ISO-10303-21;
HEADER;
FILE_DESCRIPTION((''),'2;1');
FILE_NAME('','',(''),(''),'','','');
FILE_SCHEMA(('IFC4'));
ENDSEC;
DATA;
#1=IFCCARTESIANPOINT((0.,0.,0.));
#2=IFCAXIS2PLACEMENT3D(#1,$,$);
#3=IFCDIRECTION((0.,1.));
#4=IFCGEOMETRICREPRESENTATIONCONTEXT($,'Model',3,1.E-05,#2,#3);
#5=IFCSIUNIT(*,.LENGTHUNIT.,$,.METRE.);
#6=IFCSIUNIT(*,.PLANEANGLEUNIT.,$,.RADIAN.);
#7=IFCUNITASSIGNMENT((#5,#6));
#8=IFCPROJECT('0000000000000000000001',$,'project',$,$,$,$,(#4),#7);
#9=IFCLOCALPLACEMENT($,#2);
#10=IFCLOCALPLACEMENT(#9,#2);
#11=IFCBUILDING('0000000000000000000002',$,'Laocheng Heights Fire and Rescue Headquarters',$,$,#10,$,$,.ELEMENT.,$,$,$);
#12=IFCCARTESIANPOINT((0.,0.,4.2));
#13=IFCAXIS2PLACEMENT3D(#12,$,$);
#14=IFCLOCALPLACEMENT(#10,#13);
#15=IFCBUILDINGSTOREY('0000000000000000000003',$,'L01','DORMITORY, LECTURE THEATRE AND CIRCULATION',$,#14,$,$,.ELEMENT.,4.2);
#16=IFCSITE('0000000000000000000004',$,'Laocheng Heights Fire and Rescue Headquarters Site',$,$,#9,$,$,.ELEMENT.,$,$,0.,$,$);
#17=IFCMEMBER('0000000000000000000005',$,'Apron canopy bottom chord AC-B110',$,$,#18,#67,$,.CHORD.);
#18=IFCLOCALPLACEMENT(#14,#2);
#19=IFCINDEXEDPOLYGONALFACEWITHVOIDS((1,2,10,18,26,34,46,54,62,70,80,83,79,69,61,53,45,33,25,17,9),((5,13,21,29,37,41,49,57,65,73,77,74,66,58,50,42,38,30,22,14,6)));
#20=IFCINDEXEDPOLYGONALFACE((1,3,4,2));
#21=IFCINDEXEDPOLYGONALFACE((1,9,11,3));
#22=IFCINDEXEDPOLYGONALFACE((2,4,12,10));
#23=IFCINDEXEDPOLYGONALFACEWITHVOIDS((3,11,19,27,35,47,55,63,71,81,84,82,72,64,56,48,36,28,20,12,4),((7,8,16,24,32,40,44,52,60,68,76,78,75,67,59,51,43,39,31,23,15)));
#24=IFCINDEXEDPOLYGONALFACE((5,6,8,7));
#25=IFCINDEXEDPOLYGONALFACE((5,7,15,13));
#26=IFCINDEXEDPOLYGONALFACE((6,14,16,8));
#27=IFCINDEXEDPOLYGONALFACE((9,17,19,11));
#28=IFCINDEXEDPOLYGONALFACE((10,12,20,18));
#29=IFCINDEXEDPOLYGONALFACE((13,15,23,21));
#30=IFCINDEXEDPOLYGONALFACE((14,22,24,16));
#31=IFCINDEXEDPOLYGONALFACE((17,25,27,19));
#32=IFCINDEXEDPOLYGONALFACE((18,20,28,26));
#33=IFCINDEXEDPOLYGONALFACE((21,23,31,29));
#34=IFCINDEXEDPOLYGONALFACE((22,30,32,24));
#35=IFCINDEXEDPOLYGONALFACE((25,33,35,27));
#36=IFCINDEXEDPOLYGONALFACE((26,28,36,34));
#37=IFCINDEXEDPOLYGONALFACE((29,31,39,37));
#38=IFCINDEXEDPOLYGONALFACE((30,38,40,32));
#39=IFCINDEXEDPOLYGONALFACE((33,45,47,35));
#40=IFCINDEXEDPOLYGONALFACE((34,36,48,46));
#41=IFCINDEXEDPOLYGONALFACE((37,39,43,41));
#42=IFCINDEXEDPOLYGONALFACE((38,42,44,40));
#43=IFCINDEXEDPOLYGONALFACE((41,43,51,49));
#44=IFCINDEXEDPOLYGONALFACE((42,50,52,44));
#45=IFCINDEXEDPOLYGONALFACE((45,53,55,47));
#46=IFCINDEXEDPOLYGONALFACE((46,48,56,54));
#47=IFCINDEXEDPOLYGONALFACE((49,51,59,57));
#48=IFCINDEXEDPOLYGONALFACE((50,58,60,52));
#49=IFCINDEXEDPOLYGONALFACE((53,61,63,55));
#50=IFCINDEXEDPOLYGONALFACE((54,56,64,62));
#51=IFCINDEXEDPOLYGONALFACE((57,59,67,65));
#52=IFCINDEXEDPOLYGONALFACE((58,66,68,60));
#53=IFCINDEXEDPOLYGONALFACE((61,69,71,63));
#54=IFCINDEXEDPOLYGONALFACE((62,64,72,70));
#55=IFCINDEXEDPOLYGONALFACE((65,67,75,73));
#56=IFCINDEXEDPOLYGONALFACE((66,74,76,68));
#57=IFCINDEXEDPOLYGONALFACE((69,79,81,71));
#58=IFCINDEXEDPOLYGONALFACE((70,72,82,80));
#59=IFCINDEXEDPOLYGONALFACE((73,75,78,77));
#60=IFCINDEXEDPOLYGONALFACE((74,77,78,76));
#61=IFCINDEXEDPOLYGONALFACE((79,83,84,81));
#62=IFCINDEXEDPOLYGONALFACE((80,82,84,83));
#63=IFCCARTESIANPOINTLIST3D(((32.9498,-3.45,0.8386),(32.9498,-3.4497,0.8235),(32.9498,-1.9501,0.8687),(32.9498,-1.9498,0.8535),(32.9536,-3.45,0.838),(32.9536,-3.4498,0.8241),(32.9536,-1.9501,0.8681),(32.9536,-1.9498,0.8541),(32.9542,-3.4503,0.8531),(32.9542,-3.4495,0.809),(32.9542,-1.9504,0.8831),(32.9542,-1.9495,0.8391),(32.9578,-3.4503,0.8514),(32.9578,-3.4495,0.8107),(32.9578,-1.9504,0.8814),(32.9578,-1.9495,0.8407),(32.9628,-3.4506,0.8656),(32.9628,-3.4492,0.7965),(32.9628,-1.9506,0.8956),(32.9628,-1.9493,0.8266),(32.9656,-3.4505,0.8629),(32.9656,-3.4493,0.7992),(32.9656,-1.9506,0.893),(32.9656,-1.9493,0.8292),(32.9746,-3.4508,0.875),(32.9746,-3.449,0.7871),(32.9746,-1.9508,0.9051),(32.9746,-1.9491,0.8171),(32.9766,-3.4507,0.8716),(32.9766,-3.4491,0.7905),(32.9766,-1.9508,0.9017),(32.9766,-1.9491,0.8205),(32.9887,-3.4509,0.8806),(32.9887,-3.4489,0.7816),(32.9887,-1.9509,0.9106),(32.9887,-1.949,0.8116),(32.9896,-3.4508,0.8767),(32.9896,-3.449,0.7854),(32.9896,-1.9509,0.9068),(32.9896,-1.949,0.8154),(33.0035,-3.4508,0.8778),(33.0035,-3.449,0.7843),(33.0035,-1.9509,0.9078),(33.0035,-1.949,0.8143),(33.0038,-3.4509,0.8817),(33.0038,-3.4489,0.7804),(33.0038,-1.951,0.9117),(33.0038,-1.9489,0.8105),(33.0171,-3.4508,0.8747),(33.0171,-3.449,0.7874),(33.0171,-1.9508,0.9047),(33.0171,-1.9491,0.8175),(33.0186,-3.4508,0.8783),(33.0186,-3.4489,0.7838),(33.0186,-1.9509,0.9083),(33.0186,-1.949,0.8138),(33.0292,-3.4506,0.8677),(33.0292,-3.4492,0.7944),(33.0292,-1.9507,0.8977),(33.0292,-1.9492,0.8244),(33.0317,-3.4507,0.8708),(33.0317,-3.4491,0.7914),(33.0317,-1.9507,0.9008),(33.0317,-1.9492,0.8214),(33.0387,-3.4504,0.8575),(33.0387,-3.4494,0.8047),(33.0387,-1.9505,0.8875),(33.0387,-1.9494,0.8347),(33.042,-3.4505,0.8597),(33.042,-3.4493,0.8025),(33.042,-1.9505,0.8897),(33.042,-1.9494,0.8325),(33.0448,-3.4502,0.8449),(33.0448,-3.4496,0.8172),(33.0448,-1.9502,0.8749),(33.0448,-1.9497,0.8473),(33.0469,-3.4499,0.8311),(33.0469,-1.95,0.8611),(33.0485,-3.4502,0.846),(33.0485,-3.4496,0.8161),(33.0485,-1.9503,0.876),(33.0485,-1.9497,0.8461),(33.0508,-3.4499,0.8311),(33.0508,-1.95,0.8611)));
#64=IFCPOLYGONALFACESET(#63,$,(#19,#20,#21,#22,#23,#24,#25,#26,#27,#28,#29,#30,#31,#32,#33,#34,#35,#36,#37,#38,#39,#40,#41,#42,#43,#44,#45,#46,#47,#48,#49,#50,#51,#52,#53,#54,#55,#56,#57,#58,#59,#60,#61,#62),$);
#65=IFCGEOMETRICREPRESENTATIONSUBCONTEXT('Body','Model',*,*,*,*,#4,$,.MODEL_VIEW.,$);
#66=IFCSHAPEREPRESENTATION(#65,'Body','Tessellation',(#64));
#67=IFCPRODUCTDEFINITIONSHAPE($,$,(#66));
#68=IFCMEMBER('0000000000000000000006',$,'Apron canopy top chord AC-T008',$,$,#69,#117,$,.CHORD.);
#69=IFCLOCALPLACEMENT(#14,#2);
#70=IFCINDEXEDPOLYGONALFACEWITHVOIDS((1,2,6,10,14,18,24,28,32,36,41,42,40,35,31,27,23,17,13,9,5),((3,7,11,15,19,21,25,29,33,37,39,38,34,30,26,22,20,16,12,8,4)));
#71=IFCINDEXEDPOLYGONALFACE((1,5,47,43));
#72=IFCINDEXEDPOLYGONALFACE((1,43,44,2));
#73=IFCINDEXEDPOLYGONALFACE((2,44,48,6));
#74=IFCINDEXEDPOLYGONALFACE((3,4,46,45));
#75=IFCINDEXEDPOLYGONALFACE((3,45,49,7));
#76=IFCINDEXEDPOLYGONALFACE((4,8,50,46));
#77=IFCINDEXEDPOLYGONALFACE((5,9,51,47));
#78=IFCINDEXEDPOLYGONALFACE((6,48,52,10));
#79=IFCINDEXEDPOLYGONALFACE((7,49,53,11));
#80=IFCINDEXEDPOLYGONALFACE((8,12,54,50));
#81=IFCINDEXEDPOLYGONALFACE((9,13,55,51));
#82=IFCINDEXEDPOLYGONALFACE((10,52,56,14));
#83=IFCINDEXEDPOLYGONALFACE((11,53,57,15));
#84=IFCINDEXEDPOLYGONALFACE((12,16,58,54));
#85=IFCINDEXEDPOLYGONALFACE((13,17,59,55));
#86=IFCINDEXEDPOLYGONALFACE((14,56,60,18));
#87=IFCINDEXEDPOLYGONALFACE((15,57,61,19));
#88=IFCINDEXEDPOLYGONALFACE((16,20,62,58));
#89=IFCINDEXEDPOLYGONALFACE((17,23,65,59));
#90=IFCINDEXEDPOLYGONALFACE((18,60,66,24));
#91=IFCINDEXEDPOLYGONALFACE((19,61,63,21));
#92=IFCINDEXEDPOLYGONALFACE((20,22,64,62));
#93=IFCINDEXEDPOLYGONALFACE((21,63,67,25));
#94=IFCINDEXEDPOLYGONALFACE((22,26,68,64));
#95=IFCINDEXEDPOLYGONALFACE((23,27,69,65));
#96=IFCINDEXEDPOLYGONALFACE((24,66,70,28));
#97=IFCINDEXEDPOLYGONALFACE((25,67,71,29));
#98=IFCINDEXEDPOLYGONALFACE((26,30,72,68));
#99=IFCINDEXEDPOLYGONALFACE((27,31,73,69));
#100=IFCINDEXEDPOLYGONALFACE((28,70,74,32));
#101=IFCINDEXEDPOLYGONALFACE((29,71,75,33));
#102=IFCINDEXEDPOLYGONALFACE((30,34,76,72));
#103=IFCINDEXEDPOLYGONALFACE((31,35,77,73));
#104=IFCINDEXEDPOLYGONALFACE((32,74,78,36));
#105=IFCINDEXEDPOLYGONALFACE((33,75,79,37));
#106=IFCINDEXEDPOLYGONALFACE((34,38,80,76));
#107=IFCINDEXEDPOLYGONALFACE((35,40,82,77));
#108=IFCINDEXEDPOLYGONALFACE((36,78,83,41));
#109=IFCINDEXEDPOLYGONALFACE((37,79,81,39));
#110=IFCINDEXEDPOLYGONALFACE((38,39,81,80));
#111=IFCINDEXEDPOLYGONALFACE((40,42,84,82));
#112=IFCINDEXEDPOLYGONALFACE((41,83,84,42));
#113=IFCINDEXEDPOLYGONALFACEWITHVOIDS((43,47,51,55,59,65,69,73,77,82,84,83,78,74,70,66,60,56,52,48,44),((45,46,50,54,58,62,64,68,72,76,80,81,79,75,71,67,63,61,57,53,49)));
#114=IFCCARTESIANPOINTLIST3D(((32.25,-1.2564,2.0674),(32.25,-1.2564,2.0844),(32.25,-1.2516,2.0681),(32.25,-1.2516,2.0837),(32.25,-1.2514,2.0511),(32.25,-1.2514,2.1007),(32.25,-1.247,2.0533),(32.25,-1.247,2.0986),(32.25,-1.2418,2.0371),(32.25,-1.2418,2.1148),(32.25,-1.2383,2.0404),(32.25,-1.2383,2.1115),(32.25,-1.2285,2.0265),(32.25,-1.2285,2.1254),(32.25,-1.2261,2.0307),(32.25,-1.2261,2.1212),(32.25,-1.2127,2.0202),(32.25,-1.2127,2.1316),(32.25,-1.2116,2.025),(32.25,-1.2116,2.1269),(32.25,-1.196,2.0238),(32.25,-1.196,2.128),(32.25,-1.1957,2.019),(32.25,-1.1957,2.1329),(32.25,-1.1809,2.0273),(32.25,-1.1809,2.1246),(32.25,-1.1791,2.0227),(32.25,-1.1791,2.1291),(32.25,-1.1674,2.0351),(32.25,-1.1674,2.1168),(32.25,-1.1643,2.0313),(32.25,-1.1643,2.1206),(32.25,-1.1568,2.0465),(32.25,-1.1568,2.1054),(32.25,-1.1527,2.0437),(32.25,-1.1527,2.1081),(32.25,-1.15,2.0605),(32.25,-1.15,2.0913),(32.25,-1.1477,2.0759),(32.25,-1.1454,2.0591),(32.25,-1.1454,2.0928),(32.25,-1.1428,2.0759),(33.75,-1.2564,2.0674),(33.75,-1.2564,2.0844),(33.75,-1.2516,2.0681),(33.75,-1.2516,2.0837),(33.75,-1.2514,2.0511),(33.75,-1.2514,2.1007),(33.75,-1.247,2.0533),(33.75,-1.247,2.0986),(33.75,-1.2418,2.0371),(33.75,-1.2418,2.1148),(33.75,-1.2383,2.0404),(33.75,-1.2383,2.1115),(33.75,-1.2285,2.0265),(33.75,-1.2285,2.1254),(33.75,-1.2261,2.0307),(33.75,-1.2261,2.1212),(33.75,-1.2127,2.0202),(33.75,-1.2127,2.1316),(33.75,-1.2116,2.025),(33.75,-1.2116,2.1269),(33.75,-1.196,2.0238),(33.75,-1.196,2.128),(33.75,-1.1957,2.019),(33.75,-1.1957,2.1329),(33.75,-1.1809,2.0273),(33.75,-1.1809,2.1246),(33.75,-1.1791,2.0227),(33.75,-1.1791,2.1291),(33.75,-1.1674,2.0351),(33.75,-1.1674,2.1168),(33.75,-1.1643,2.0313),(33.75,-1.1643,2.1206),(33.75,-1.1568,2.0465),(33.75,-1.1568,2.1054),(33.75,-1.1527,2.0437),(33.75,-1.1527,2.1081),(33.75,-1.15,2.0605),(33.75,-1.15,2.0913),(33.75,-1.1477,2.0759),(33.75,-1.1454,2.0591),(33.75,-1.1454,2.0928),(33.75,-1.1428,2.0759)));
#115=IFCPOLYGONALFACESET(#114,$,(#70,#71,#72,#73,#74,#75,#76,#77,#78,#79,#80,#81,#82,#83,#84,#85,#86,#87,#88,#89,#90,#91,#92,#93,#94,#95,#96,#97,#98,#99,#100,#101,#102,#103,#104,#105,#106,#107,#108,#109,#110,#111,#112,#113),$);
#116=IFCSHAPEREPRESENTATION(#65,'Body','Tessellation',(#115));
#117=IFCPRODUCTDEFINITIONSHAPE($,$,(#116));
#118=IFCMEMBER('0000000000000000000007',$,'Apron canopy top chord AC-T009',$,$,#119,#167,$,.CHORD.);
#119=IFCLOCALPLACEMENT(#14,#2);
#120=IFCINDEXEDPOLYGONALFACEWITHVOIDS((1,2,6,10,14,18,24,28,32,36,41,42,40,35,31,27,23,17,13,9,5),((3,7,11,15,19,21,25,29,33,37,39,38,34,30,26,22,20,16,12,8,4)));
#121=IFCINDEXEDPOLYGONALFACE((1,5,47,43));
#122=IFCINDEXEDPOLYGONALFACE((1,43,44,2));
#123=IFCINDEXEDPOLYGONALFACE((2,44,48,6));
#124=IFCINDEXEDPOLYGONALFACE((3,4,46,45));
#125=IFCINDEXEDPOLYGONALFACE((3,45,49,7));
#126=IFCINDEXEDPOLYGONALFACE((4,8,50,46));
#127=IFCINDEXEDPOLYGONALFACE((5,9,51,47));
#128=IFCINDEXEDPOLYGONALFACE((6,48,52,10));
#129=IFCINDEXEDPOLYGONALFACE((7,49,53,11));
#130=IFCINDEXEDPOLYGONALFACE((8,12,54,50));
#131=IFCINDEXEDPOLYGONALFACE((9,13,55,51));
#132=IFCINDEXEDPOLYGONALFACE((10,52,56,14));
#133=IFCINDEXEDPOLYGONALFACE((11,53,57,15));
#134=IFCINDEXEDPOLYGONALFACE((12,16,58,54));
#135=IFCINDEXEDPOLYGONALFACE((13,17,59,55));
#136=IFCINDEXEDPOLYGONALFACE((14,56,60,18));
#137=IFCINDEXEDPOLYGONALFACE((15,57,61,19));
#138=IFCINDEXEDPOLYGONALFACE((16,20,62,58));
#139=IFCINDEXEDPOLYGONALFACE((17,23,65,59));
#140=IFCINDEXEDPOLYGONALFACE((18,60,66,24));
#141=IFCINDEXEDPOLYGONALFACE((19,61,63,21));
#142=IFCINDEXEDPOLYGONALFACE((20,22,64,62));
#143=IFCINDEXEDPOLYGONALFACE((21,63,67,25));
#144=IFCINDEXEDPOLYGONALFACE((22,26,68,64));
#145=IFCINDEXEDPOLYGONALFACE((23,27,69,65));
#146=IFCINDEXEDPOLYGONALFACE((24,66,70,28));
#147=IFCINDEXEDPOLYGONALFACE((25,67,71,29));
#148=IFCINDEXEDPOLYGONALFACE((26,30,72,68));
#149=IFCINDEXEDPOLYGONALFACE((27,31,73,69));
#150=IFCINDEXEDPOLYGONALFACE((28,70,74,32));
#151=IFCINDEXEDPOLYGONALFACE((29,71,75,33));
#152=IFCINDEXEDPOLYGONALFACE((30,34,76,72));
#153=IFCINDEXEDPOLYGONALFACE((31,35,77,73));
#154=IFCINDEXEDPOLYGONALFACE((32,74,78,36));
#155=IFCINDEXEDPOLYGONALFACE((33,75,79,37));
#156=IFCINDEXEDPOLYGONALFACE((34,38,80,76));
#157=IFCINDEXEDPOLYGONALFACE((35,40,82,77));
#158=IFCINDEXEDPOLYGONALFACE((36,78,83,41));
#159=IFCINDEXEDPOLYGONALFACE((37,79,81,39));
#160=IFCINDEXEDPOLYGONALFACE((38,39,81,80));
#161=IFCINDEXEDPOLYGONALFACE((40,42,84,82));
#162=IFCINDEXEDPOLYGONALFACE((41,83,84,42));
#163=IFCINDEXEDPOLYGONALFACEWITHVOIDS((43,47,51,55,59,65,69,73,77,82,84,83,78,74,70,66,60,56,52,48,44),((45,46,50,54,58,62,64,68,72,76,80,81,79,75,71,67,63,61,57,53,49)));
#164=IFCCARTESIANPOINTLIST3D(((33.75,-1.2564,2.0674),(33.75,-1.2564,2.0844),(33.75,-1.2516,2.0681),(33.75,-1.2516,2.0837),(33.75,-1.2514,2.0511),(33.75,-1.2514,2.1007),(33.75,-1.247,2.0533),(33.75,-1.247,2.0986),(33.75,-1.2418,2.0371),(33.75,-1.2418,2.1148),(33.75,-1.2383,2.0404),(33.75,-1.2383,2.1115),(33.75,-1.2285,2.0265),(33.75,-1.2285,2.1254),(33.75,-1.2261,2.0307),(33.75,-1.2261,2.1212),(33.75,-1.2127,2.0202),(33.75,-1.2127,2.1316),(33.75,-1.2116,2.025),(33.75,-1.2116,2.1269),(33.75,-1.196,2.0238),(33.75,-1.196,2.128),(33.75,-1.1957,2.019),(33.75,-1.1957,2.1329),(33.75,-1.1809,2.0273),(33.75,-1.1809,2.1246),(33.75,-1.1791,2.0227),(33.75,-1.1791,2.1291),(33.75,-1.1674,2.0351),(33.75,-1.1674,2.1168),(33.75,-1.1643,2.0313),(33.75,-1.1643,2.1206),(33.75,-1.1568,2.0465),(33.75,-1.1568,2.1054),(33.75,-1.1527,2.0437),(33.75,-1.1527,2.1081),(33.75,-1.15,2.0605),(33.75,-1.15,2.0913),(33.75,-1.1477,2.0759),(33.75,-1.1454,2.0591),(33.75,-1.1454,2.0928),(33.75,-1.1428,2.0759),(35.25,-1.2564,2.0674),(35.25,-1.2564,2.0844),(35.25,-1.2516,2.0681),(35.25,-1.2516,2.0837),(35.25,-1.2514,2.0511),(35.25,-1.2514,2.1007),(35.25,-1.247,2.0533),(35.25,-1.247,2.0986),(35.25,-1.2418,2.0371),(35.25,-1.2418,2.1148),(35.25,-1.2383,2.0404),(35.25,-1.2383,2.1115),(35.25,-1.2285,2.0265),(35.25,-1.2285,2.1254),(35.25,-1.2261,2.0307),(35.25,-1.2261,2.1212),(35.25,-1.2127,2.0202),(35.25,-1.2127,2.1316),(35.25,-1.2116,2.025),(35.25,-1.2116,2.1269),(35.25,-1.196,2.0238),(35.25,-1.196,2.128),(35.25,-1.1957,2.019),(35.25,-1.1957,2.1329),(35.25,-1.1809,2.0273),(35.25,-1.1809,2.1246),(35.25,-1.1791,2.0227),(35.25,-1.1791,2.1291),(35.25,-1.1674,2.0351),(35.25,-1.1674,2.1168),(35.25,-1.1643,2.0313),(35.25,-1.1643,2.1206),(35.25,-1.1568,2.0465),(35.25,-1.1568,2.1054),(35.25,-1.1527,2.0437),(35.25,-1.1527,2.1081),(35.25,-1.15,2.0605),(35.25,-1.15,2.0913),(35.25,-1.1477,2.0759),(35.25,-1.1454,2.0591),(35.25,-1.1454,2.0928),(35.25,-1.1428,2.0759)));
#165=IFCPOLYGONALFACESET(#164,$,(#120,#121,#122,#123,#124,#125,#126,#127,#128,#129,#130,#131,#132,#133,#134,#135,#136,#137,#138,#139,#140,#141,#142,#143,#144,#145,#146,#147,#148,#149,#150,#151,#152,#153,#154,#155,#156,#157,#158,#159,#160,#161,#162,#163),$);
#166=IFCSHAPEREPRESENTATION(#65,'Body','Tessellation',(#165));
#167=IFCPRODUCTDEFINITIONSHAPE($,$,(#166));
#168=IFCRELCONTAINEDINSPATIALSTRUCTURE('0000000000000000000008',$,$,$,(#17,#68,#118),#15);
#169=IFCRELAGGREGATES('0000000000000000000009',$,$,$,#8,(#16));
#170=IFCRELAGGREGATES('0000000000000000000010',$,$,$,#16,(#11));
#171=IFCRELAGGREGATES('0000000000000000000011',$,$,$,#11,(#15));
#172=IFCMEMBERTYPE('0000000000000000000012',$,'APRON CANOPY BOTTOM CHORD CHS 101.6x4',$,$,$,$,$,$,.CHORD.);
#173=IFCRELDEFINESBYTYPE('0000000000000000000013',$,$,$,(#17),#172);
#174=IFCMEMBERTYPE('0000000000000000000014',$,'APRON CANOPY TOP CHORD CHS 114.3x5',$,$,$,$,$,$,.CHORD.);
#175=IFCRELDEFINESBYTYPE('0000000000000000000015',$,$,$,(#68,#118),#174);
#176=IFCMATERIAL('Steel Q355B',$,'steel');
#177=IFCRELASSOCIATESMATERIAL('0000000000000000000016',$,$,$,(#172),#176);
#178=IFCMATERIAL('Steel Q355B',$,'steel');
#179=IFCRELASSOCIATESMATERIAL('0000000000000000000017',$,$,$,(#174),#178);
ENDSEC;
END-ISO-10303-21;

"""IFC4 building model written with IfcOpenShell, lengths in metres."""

from ifc_helpers import new_model, si_unit, direction, frame, origin, origin_2d, place, context, subcontext, project, spatial, hollow_circle, extrude, material, material_profile, profile_set, type_object, element, save


model = new_model("IFC4")

# Units and contexts
model_context = context("Model", 3, precision=1e-05, world=origin(), true_north=direction((0.0, 1.0)))
body_context = subcontext(model_context, "Body", "Model", "MODEL_VIEW")
ifc_project = project(units=[si_unit("LENGTHUNIT", "METRE"), si_unit("PLANEANGLEUNIT", "RADIAN")], contexts=[model_context])

# Site, building, storey
site_placement = place(None, origin())
site = spatial("IfcSite", under=ifc_project, at=site_placement, Name="Laocheng Heights Fire and Rescue Headquarters Site", CompositionType="ELEMENT", RefElevation=0.0)
building_placement = place(site_placement, origin())
building = spatial("IfcBuilding", under=site, at=building_placement, Name="Laocheng Heights Fire and Rescue Headquarters", CompositionType="ELEMENT")
storey_placement = place(building_placement, frame((0.0, 0.0, 4.2)))
storey = spatial("IfcBuildingStorey", under=building, at=storey_placement, Name="L01", Description="DORMITORY, LECTURE THEATRE AND CIRCULATION", CompositionType="ELEMENT", Elevation=4.2)

# Members
ifc_material_1 = material(Name="Steel Q355B", Category="steel")
ifc_material_profile_1 = material_profile(ifc_material_1, hollow_circle(Radius=0.0508, WallThickness=0.0039, at=origin_2d()), Name="CHS 101.6x4")
ifc_profile_set_1 = profile_set([ifc_material_profile_1], Name="Steel Q355B")
member_type_1 = type_object("IfcMemberType", Name="APRON CANOPY BOTTOM CHORD CHS 101.6x4", PredefinedType="CHORD", material=ifc_profile_set_1)
for number, where, z_axis, x_axis, name in (
    (1, (33.0, -1.95, 0.8611), (0.0, -0.9998, -0.020016), (1.0, 0.0, 0.0), "Apron canopy bottom chord AC-B110"),
):
    element("IfcMember", number, at=place(storey_placement, frame(where, z_axis=z_axis, x_axis=x_axis)), inside=storey, type_object=member_type_1, Name=name, PredefinedType="CHORD", context=body_context, shape_type="SweptSolid", body=[
        extrude(hollow_circle(Radius=0.0508, WallThickness=0.0039, at=origin_2d()), origin(), (0.0, 0.0, 1.0), 1.5002),
    ])
ifc_material_2 = material(Name="Steel Q355B", Category="steel")
ifc_material_profile_2 = material_profile(ifc_material_2, hollow_circle(Radius=0.0571, WallThickness=0.0049, at=origin_2d()), Name="CHS 114.3x5")
ifc_profile_set_2 = profile_set([ifc_material_profile_2], Name="Steel Q355B")
member_type_2 = type_object("IfcMemberType", Name="APRON CANOPY TOP CHORD CHS 114.3x5", PredefinedType="CHORD", material=ifc_profile_set_2)
for number, where, z_axis, x_axis, name in (
    (2, (32.25, -1.2, 2.0759), (1.0, 0.0, 0.0), (0.0, 1.0, 0.0), "Apron canopy top chord AC-T008"),
    (3, (33.75, -1.2, 2.0759), (1.0, 0.0, 0.0), (0.0, 1.0, 0.0), "Apron canopy top chord AC-T009"),
):
    element("IfcMember", number, at=place(storey_placement, frame(where, z_axis=z_axis, x_axis=x_axis)), inside=storey, type_object=member_type_2, Name=name, PredefinedType="CHORD", context=body_context, shape_type="SweptSolid", body=[
        extrude(hollow_circle(Radius=0.0571, WallThickness=0.0049, at=origin_2d()), origin(), (0.0, 0.0, 1.0), 1.5),
    ])

save(model, "model.ifc")
